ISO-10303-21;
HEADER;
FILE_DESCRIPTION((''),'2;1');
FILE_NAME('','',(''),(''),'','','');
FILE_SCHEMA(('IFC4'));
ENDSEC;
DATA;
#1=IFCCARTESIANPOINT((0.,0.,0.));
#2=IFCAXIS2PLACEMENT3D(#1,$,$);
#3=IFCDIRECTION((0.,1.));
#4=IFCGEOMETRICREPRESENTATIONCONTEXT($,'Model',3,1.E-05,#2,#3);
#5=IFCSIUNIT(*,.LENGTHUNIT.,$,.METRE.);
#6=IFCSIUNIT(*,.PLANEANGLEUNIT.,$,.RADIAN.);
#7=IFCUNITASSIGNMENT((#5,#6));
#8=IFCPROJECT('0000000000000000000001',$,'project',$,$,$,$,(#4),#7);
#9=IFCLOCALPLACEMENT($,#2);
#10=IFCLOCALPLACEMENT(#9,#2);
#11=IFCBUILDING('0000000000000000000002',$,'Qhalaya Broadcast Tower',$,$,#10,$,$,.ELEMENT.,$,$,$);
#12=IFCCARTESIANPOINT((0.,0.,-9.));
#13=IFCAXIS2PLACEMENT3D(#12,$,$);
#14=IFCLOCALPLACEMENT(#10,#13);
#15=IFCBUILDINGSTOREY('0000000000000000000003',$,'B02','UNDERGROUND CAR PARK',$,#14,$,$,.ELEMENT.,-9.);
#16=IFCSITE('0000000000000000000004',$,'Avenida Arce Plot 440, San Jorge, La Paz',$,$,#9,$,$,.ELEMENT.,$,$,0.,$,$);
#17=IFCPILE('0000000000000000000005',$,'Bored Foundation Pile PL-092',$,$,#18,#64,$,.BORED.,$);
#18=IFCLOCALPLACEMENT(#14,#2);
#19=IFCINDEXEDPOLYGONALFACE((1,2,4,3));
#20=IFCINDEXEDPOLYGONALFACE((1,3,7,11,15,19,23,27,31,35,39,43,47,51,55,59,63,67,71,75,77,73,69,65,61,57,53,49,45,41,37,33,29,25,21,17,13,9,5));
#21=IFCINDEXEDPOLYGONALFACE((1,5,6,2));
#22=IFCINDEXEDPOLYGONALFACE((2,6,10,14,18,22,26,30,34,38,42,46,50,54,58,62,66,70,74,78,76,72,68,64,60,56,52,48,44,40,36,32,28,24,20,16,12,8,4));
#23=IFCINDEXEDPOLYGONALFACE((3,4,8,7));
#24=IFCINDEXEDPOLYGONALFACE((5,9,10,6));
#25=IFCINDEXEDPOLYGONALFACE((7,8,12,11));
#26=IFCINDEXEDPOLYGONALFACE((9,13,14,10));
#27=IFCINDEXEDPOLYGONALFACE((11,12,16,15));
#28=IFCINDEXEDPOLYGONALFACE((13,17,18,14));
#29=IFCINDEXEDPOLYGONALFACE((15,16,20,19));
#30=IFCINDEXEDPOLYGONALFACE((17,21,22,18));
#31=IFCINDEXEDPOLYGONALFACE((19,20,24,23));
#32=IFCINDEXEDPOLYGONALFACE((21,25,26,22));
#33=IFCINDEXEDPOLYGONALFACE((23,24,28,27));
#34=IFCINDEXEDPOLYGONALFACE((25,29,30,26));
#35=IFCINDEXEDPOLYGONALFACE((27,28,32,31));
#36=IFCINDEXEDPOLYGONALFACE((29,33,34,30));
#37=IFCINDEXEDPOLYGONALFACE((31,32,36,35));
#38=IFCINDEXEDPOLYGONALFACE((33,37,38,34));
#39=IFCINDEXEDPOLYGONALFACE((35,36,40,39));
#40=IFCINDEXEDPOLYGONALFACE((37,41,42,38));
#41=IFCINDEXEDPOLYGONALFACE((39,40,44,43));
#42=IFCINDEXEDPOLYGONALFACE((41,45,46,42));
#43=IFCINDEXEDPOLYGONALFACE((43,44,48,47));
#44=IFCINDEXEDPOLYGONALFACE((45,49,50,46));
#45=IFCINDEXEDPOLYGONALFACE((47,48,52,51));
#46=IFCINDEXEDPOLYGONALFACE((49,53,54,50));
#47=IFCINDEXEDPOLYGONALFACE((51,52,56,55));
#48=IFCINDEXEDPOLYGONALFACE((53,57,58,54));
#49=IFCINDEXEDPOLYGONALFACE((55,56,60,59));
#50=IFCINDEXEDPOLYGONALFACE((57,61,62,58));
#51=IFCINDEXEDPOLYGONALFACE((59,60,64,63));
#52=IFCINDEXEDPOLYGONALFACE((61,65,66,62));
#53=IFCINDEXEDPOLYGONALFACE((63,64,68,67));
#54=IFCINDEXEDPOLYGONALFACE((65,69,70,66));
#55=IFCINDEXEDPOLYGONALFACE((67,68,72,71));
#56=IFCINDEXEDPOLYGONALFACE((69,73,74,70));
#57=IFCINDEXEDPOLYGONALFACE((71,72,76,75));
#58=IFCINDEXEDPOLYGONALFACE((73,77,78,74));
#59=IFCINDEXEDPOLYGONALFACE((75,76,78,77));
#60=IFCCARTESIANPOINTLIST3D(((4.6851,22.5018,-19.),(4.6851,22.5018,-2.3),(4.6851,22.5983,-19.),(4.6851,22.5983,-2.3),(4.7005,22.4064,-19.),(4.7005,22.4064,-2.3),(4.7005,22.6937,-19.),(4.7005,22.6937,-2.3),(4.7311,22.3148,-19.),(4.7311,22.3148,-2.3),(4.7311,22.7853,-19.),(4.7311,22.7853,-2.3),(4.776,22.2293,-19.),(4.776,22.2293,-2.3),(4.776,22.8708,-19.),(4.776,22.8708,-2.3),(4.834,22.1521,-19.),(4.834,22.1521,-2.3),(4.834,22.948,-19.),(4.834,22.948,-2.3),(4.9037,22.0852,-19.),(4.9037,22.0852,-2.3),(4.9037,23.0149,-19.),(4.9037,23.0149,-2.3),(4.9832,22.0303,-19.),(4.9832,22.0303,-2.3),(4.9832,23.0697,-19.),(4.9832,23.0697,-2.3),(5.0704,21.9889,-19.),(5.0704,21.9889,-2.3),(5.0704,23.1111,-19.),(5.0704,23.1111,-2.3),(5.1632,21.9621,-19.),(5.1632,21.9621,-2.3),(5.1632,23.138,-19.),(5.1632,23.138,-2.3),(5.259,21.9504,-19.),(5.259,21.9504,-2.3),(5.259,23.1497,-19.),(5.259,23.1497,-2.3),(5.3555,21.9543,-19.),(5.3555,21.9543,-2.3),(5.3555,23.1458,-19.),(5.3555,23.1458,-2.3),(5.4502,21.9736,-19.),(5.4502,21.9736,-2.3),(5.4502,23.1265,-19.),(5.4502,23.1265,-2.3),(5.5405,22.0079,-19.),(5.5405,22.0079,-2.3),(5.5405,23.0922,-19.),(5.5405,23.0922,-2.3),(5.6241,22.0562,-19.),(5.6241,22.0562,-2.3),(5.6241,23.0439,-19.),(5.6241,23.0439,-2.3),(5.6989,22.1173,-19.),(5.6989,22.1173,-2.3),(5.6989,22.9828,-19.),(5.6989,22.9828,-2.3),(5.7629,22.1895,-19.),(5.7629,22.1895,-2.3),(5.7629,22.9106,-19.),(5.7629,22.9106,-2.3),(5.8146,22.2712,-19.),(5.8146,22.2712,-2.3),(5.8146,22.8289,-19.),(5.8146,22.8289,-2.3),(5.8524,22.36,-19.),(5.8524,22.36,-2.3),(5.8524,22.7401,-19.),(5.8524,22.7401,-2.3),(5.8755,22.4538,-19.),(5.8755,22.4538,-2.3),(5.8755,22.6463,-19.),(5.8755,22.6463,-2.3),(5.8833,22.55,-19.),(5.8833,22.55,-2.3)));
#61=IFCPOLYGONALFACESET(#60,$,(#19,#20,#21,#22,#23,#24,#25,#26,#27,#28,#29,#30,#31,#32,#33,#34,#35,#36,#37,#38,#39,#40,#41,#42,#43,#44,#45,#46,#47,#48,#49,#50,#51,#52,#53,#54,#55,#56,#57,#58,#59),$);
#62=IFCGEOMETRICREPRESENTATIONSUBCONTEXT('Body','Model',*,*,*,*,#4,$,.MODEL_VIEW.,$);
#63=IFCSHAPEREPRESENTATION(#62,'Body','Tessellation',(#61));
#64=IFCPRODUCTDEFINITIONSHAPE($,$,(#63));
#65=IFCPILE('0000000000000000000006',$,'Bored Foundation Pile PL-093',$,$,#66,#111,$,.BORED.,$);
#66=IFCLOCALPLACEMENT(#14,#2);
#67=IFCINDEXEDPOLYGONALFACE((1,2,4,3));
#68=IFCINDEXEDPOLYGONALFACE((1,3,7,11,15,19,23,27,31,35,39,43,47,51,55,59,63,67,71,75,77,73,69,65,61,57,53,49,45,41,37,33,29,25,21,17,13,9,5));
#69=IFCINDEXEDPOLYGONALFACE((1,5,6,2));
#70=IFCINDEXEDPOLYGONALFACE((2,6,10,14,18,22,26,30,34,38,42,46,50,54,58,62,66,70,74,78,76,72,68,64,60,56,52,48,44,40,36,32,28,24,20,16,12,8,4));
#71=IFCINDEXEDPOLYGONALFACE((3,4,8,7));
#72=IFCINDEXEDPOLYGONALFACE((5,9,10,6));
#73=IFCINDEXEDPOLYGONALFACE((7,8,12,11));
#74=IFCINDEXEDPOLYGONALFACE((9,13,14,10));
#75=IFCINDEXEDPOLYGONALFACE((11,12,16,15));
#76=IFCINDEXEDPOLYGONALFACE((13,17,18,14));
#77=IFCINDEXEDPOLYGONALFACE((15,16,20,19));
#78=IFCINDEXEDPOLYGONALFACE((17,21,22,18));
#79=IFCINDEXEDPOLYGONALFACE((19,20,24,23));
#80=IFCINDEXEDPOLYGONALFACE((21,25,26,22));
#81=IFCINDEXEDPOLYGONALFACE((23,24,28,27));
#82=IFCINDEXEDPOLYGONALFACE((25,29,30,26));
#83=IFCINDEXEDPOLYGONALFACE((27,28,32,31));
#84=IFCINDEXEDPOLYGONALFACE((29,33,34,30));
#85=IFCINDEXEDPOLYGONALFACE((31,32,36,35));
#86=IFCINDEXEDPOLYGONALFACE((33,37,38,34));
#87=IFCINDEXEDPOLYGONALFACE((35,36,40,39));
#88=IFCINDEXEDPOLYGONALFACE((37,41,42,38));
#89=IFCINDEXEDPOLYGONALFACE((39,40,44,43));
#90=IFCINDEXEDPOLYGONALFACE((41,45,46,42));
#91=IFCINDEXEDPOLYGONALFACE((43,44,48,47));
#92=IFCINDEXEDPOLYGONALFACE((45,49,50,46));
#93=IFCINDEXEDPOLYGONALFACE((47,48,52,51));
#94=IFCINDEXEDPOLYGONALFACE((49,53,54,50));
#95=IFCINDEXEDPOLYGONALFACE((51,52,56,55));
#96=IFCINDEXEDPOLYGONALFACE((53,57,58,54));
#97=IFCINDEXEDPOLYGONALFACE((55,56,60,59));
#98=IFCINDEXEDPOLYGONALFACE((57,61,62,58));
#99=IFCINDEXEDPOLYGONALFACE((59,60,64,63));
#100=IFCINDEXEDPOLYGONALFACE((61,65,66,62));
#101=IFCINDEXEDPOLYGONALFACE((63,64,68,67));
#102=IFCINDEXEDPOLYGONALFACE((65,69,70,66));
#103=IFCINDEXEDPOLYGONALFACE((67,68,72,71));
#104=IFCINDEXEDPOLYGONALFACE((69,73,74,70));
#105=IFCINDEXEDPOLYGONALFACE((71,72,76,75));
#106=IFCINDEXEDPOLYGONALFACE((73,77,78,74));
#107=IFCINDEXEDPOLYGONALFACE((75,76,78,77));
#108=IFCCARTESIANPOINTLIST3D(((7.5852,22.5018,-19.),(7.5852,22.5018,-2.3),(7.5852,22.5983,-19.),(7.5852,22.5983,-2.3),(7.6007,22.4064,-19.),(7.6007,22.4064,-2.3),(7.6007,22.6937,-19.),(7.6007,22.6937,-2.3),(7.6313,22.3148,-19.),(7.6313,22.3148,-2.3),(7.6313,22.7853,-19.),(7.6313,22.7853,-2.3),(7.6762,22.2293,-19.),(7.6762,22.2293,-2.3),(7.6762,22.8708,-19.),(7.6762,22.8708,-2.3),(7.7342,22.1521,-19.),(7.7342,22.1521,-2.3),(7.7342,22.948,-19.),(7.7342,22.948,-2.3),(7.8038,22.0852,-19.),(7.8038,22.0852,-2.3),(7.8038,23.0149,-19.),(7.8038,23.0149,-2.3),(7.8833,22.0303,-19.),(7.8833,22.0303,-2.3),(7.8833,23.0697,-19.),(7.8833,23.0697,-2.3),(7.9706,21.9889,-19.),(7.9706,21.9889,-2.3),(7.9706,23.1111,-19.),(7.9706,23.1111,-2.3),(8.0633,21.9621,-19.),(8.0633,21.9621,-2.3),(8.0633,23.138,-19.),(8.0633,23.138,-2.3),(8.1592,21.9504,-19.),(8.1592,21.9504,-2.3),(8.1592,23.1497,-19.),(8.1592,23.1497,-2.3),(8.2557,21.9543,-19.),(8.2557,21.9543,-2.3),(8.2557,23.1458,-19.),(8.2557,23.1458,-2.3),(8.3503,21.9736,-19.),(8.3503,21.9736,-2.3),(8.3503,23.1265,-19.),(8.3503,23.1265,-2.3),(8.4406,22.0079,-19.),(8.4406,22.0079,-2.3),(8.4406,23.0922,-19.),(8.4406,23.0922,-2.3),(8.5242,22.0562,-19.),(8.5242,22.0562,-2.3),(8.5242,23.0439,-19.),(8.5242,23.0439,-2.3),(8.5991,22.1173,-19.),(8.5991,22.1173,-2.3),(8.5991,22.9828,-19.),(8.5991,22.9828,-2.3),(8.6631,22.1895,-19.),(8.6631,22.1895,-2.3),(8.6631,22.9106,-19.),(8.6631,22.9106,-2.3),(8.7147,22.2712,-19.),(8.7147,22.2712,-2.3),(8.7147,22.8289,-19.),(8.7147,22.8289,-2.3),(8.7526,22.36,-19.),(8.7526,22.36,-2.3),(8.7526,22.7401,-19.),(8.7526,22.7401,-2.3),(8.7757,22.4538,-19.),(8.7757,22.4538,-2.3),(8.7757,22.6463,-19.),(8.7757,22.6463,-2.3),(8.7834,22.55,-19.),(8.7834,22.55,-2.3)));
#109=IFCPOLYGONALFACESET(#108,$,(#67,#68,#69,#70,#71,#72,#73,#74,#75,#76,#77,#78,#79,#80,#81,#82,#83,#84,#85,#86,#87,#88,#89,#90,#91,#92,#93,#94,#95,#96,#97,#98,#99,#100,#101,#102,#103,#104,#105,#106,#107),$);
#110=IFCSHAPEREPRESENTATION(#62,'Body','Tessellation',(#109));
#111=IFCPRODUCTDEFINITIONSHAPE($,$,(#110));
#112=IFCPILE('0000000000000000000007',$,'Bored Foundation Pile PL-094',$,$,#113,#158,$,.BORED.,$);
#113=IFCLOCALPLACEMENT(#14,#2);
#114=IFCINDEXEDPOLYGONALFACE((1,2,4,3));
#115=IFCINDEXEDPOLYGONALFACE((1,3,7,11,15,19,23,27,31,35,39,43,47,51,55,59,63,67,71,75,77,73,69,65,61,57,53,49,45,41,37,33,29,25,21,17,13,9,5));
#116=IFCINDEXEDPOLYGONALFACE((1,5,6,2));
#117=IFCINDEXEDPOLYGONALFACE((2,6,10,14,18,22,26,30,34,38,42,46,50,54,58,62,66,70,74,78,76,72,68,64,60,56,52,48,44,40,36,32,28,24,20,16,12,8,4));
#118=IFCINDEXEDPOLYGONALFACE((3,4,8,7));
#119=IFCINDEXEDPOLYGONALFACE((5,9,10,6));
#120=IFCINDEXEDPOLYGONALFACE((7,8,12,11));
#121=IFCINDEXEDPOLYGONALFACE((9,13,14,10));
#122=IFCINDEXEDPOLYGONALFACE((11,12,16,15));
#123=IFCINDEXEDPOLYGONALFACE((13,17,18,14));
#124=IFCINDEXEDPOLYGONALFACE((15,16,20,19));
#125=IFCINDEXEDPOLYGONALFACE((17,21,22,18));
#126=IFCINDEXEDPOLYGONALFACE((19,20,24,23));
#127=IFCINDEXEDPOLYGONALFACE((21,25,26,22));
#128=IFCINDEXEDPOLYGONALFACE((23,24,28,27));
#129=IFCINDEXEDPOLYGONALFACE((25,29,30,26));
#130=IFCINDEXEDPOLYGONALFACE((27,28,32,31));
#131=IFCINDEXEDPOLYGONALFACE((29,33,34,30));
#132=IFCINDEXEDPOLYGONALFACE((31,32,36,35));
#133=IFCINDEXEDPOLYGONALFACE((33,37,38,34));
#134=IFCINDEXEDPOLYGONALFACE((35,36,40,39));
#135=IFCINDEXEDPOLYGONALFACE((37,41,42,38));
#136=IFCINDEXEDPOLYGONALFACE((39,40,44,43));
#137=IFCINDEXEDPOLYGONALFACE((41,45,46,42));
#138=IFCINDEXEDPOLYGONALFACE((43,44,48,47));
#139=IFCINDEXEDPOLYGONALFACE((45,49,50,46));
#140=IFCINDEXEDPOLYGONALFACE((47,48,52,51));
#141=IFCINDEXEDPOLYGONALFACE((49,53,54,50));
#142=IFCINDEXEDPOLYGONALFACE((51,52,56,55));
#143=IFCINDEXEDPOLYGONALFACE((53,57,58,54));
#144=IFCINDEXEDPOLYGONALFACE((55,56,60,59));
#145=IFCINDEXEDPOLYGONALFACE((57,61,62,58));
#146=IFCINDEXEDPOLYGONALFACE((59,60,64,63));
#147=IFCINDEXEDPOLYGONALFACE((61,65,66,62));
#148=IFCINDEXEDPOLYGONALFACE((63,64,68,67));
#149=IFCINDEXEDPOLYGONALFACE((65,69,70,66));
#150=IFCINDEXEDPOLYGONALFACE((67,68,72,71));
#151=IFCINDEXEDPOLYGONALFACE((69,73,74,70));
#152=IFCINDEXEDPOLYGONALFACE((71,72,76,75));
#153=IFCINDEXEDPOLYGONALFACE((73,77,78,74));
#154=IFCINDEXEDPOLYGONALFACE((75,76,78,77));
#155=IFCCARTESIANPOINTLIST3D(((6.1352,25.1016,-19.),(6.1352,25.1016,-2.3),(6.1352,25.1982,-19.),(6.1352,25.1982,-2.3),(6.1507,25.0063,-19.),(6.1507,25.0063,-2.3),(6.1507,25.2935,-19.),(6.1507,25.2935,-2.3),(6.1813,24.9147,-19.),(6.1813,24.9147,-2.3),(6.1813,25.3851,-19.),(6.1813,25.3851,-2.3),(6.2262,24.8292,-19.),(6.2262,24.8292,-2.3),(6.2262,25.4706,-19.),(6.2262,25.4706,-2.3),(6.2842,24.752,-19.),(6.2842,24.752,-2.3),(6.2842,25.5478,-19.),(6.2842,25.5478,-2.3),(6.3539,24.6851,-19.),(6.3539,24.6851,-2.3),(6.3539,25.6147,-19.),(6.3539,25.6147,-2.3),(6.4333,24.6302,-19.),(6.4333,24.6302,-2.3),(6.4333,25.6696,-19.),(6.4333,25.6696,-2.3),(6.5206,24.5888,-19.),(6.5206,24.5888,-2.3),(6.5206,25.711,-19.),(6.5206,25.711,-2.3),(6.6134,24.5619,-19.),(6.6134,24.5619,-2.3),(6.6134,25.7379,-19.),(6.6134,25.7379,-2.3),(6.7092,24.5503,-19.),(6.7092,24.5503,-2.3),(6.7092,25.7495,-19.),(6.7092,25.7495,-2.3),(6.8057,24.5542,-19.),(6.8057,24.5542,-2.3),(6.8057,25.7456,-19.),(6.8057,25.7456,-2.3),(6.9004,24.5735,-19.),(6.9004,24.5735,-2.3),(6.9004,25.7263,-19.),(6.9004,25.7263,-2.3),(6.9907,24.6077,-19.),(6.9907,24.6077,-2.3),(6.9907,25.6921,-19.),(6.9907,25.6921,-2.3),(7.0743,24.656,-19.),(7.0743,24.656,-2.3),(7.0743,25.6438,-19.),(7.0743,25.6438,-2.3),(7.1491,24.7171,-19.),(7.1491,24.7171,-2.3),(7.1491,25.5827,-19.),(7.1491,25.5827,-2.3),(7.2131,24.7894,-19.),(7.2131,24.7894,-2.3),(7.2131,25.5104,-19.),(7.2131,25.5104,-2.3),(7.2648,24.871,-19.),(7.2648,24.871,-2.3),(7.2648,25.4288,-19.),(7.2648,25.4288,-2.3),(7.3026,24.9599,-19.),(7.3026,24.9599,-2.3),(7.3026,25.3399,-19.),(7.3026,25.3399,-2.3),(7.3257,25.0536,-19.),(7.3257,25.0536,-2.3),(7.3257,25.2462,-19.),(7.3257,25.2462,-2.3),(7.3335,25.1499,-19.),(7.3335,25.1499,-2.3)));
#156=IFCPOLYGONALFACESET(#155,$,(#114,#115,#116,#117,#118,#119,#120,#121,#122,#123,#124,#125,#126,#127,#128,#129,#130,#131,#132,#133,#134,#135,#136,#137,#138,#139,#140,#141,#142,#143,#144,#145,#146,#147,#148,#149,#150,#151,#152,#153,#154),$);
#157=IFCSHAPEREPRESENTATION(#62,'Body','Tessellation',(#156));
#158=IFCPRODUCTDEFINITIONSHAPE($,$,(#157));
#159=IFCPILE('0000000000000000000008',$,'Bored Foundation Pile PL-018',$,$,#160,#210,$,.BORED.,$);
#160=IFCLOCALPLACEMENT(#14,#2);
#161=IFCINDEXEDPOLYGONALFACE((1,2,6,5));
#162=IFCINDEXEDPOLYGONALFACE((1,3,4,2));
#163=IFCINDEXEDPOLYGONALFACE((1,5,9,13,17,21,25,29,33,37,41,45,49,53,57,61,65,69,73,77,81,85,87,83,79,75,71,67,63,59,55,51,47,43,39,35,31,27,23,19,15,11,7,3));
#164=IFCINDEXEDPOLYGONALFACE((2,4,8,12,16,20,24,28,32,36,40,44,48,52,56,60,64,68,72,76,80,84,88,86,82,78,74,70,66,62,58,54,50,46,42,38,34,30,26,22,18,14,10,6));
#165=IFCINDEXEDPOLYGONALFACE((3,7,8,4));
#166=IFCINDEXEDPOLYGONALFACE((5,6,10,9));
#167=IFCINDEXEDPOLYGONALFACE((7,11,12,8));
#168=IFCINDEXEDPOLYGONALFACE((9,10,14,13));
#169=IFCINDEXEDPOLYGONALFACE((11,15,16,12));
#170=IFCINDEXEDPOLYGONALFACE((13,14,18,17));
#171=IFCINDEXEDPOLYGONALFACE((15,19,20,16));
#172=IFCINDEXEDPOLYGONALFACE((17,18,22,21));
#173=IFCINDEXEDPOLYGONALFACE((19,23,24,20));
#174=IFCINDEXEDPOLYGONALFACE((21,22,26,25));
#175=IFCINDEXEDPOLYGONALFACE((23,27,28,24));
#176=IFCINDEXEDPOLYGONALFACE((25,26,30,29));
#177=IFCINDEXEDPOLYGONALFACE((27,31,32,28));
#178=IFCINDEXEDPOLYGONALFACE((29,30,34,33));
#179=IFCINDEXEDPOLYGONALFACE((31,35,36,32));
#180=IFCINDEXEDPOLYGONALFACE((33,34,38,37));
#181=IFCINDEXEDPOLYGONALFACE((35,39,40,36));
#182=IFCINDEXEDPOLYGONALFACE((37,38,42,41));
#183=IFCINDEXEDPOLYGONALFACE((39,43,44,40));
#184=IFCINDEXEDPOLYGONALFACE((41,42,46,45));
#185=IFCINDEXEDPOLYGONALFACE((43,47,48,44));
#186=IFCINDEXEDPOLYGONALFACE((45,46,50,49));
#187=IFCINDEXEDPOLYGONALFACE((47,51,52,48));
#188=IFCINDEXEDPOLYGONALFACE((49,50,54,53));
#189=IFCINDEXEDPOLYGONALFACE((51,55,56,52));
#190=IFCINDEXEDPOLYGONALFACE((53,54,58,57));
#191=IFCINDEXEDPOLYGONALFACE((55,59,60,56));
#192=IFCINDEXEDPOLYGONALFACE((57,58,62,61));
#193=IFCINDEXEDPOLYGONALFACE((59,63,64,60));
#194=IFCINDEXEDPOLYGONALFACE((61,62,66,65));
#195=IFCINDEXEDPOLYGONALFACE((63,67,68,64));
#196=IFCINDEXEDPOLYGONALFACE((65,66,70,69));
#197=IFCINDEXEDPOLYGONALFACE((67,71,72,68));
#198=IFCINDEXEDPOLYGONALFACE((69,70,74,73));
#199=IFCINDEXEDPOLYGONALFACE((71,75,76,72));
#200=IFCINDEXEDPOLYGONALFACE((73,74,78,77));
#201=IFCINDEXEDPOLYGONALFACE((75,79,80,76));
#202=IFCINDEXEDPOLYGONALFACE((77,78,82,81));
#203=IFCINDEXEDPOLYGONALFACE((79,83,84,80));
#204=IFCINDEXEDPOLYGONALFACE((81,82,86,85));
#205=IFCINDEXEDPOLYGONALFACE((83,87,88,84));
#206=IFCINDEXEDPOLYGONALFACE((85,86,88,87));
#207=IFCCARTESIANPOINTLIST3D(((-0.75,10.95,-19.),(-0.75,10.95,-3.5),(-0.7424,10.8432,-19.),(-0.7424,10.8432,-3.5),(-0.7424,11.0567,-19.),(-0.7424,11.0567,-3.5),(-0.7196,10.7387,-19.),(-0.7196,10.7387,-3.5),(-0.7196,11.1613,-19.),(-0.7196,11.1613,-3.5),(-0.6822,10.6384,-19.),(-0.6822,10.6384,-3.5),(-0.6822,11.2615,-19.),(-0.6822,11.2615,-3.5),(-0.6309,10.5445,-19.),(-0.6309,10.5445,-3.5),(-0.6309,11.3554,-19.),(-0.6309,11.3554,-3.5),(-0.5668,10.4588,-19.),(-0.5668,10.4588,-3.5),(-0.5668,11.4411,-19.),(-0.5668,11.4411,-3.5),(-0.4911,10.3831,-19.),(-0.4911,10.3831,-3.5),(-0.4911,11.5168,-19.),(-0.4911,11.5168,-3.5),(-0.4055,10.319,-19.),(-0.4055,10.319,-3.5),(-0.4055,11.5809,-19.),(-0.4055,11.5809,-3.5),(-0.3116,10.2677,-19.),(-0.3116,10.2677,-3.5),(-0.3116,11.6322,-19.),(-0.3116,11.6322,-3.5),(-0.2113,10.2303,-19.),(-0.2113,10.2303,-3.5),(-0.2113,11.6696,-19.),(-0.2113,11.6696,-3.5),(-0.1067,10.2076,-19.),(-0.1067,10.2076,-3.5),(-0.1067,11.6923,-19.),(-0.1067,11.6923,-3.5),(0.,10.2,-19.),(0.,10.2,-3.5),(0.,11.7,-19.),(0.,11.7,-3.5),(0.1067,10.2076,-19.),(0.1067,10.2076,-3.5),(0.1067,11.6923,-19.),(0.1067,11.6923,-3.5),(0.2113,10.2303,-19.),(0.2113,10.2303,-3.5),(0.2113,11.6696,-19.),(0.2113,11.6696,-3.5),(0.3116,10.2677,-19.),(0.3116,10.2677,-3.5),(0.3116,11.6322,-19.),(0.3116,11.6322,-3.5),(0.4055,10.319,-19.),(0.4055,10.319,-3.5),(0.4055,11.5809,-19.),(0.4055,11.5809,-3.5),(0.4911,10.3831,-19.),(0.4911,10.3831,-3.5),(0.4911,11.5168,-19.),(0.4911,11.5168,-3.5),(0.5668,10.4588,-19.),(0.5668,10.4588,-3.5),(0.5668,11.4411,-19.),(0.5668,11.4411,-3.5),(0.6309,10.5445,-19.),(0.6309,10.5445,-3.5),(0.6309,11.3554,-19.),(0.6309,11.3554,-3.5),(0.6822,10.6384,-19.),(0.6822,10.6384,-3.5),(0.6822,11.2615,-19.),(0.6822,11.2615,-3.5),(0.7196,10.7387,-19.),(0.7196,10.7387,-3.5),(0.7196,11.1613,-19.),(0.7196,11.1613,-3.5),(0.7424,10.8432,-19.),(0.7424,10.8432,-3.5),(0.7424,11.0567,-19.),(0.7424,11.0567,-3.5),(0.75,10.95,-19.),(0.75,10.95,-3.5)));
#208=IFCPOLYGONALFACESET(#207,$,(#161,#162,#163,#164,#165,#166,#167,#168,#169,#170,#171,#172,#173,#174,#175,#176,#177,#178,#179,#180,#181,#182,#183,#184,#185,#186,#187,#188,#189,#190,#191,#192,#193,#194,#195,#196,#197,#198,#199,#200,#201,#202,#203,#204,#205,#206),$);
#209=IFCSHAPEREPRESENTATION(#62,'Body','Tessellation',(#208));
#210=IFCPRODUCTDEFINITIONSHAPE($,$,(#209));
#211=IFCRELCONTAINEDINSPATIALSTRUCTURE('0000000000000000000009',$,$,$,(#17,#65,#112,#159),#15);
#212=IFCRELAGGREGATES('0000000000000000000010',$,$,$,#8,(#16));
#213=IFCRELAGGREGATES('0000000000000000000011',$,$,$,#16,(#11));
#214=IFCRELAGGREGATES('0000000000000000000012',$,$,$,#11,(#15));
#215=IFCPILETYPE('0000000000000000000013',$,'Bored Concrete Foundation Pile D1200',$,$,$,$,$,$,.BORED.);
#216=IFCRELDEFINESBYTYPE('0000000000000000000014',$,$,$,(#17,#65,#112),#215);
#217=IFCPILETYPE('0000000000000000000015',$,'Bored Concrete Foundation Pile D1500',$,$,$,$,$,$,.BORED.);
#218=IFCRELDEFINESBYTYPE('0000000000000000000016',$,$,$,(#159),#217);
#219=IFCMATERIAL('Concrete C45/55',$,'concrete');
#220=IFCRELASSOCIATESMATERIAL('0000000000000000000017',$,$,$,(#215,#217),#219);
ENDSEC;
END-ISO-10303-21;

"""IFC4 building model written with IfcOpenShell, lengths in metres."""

from ifc_helpers import new_model, si_unit, direction, frame, origin, origin_2d, place, context, subcontext, project, spatial, circle, extrude, material, material_profile, profile_set, type_object, element, save


model = new_model("IFC4")

# Units and contexts
model_context = context("Model", 3, precision=1e-05, world=origin(), true_north=direction((0.0, 1.0)))
body_context = subcontext(model_context, "Body", "Model", "MODEL_VIEW")
ifc_project = project(units=[si_unit("LENGTHUNIT", "METRE"), si_unit("PLANEANGLEUNIT", "RADIAN")], contexts=[model_context])

# Site, building, storey
site_placement = place(None, origin())
site = spatial("IfcSite", under=ifc_project, at=site_placement, Name="Avenida Arce Plot 440, San Jorge, La Paz", CompositionType="ELEMENT", RefElevation=0.0)
building_placement = place(site_placement, origin())
building = spatial("IfcBuilding", under=site, at=building_placement, Name="Qhalaya Broadcast Tower", CompositionType="ELEMENT")
storey_placement = place(building_placement, frame((0.0, 0.0, -9.0)))
storey = spatial("IfcBuildingStorey", under=building, at=storey_placement, Name="B02", Description="UNDERGROUND CAR PARK", CompositionType="ELEMENT", Elevation=-9.0)

# Piles
ifc_material_1 = material(Name="Concrete C45/55", Category="concrete")
ifc_material_profile_1 = material_profile(ifc_material_1, circle(Radius=0.6001, at=origin_2d()), Name="PILE D1200")
ifc_profile_set_1 = profile_set([ifc_material_profile_1], Name="Concrete C45/55")
pile_type_1 = type_object("IfcPileType", Name="Bored Concrete Foundation Pile D1200", PredefinedType="BORED", material=ifc_profile_set_1)
for number, where, z_axis, x_axis, name in (
    (1, (5.2832, 22.55, -2.3), (0.0, 0.0, -1.0), (1.0, 0.0, 0.0), "Bored Foundation Pile PL-092"),
    (2, (8.1833, 22.55, -2.3), (0.0, 0.0, -1.0), (1.0, 0.0, 0.0), "Bored Foundation Pile PL-093"),
    (3, (6.7334, 25.1499, -2.3), (0.0, 0.0, -1.0), (1.0, 0.0, 0.0), "Bored Foundation Pile PL-094"),
):
    element("IfcPile", number, at=place(storey_placement, frame(where, z_axis=z_axis, x_axis=x_axis)), inside=storey, type_object=pile_type_1, Name=name, PredefinedType="BORED", context=body_context, shape_type="SweptSolid", body=[
        extrude(circle(Radius=0.6001, at=origin_2d()), origin(), (0.0, 0.0, 1.0), 16.7),
    ])
ifc_material_profile_2 = material_profile(ifc_material_1, circle(Radius=0.75, at=origin_2d()), Name="PILE D1500")
ifc_profile_set_2 = profile_set([ifc_material_profile_2], Name="Concrete C45/55")
pile_type_2 = type_object("IfcPileType", Name="Bored Concrete Foundation Pile D1500", PredefinedType="BORED", material=ifc_profile_set_2)
for number, where, z_axis, x_axis, name in (
    (4, (0.0, 10.95, -3.5), (0.0, 0.0, -1.0), (1.0, 0.0, 0.0), "Bored Foundation Pile PL-018"),
):
    element("IfcPile", number, at=place(storey_placement, frame(where, z_axis=z_axis, x_axis=x_axis)), inside=storey, type_object=pile_type_2, Name=name, PredefinedType="BORED", context=body_context, shape_type="SweptSolid", body=[
        extrude(circle(Radius=0.75, at=origin_2d()), origin(), (0.0, 0.0, 1.0), 15.5),
    ])

save(model, "model.ifc")
